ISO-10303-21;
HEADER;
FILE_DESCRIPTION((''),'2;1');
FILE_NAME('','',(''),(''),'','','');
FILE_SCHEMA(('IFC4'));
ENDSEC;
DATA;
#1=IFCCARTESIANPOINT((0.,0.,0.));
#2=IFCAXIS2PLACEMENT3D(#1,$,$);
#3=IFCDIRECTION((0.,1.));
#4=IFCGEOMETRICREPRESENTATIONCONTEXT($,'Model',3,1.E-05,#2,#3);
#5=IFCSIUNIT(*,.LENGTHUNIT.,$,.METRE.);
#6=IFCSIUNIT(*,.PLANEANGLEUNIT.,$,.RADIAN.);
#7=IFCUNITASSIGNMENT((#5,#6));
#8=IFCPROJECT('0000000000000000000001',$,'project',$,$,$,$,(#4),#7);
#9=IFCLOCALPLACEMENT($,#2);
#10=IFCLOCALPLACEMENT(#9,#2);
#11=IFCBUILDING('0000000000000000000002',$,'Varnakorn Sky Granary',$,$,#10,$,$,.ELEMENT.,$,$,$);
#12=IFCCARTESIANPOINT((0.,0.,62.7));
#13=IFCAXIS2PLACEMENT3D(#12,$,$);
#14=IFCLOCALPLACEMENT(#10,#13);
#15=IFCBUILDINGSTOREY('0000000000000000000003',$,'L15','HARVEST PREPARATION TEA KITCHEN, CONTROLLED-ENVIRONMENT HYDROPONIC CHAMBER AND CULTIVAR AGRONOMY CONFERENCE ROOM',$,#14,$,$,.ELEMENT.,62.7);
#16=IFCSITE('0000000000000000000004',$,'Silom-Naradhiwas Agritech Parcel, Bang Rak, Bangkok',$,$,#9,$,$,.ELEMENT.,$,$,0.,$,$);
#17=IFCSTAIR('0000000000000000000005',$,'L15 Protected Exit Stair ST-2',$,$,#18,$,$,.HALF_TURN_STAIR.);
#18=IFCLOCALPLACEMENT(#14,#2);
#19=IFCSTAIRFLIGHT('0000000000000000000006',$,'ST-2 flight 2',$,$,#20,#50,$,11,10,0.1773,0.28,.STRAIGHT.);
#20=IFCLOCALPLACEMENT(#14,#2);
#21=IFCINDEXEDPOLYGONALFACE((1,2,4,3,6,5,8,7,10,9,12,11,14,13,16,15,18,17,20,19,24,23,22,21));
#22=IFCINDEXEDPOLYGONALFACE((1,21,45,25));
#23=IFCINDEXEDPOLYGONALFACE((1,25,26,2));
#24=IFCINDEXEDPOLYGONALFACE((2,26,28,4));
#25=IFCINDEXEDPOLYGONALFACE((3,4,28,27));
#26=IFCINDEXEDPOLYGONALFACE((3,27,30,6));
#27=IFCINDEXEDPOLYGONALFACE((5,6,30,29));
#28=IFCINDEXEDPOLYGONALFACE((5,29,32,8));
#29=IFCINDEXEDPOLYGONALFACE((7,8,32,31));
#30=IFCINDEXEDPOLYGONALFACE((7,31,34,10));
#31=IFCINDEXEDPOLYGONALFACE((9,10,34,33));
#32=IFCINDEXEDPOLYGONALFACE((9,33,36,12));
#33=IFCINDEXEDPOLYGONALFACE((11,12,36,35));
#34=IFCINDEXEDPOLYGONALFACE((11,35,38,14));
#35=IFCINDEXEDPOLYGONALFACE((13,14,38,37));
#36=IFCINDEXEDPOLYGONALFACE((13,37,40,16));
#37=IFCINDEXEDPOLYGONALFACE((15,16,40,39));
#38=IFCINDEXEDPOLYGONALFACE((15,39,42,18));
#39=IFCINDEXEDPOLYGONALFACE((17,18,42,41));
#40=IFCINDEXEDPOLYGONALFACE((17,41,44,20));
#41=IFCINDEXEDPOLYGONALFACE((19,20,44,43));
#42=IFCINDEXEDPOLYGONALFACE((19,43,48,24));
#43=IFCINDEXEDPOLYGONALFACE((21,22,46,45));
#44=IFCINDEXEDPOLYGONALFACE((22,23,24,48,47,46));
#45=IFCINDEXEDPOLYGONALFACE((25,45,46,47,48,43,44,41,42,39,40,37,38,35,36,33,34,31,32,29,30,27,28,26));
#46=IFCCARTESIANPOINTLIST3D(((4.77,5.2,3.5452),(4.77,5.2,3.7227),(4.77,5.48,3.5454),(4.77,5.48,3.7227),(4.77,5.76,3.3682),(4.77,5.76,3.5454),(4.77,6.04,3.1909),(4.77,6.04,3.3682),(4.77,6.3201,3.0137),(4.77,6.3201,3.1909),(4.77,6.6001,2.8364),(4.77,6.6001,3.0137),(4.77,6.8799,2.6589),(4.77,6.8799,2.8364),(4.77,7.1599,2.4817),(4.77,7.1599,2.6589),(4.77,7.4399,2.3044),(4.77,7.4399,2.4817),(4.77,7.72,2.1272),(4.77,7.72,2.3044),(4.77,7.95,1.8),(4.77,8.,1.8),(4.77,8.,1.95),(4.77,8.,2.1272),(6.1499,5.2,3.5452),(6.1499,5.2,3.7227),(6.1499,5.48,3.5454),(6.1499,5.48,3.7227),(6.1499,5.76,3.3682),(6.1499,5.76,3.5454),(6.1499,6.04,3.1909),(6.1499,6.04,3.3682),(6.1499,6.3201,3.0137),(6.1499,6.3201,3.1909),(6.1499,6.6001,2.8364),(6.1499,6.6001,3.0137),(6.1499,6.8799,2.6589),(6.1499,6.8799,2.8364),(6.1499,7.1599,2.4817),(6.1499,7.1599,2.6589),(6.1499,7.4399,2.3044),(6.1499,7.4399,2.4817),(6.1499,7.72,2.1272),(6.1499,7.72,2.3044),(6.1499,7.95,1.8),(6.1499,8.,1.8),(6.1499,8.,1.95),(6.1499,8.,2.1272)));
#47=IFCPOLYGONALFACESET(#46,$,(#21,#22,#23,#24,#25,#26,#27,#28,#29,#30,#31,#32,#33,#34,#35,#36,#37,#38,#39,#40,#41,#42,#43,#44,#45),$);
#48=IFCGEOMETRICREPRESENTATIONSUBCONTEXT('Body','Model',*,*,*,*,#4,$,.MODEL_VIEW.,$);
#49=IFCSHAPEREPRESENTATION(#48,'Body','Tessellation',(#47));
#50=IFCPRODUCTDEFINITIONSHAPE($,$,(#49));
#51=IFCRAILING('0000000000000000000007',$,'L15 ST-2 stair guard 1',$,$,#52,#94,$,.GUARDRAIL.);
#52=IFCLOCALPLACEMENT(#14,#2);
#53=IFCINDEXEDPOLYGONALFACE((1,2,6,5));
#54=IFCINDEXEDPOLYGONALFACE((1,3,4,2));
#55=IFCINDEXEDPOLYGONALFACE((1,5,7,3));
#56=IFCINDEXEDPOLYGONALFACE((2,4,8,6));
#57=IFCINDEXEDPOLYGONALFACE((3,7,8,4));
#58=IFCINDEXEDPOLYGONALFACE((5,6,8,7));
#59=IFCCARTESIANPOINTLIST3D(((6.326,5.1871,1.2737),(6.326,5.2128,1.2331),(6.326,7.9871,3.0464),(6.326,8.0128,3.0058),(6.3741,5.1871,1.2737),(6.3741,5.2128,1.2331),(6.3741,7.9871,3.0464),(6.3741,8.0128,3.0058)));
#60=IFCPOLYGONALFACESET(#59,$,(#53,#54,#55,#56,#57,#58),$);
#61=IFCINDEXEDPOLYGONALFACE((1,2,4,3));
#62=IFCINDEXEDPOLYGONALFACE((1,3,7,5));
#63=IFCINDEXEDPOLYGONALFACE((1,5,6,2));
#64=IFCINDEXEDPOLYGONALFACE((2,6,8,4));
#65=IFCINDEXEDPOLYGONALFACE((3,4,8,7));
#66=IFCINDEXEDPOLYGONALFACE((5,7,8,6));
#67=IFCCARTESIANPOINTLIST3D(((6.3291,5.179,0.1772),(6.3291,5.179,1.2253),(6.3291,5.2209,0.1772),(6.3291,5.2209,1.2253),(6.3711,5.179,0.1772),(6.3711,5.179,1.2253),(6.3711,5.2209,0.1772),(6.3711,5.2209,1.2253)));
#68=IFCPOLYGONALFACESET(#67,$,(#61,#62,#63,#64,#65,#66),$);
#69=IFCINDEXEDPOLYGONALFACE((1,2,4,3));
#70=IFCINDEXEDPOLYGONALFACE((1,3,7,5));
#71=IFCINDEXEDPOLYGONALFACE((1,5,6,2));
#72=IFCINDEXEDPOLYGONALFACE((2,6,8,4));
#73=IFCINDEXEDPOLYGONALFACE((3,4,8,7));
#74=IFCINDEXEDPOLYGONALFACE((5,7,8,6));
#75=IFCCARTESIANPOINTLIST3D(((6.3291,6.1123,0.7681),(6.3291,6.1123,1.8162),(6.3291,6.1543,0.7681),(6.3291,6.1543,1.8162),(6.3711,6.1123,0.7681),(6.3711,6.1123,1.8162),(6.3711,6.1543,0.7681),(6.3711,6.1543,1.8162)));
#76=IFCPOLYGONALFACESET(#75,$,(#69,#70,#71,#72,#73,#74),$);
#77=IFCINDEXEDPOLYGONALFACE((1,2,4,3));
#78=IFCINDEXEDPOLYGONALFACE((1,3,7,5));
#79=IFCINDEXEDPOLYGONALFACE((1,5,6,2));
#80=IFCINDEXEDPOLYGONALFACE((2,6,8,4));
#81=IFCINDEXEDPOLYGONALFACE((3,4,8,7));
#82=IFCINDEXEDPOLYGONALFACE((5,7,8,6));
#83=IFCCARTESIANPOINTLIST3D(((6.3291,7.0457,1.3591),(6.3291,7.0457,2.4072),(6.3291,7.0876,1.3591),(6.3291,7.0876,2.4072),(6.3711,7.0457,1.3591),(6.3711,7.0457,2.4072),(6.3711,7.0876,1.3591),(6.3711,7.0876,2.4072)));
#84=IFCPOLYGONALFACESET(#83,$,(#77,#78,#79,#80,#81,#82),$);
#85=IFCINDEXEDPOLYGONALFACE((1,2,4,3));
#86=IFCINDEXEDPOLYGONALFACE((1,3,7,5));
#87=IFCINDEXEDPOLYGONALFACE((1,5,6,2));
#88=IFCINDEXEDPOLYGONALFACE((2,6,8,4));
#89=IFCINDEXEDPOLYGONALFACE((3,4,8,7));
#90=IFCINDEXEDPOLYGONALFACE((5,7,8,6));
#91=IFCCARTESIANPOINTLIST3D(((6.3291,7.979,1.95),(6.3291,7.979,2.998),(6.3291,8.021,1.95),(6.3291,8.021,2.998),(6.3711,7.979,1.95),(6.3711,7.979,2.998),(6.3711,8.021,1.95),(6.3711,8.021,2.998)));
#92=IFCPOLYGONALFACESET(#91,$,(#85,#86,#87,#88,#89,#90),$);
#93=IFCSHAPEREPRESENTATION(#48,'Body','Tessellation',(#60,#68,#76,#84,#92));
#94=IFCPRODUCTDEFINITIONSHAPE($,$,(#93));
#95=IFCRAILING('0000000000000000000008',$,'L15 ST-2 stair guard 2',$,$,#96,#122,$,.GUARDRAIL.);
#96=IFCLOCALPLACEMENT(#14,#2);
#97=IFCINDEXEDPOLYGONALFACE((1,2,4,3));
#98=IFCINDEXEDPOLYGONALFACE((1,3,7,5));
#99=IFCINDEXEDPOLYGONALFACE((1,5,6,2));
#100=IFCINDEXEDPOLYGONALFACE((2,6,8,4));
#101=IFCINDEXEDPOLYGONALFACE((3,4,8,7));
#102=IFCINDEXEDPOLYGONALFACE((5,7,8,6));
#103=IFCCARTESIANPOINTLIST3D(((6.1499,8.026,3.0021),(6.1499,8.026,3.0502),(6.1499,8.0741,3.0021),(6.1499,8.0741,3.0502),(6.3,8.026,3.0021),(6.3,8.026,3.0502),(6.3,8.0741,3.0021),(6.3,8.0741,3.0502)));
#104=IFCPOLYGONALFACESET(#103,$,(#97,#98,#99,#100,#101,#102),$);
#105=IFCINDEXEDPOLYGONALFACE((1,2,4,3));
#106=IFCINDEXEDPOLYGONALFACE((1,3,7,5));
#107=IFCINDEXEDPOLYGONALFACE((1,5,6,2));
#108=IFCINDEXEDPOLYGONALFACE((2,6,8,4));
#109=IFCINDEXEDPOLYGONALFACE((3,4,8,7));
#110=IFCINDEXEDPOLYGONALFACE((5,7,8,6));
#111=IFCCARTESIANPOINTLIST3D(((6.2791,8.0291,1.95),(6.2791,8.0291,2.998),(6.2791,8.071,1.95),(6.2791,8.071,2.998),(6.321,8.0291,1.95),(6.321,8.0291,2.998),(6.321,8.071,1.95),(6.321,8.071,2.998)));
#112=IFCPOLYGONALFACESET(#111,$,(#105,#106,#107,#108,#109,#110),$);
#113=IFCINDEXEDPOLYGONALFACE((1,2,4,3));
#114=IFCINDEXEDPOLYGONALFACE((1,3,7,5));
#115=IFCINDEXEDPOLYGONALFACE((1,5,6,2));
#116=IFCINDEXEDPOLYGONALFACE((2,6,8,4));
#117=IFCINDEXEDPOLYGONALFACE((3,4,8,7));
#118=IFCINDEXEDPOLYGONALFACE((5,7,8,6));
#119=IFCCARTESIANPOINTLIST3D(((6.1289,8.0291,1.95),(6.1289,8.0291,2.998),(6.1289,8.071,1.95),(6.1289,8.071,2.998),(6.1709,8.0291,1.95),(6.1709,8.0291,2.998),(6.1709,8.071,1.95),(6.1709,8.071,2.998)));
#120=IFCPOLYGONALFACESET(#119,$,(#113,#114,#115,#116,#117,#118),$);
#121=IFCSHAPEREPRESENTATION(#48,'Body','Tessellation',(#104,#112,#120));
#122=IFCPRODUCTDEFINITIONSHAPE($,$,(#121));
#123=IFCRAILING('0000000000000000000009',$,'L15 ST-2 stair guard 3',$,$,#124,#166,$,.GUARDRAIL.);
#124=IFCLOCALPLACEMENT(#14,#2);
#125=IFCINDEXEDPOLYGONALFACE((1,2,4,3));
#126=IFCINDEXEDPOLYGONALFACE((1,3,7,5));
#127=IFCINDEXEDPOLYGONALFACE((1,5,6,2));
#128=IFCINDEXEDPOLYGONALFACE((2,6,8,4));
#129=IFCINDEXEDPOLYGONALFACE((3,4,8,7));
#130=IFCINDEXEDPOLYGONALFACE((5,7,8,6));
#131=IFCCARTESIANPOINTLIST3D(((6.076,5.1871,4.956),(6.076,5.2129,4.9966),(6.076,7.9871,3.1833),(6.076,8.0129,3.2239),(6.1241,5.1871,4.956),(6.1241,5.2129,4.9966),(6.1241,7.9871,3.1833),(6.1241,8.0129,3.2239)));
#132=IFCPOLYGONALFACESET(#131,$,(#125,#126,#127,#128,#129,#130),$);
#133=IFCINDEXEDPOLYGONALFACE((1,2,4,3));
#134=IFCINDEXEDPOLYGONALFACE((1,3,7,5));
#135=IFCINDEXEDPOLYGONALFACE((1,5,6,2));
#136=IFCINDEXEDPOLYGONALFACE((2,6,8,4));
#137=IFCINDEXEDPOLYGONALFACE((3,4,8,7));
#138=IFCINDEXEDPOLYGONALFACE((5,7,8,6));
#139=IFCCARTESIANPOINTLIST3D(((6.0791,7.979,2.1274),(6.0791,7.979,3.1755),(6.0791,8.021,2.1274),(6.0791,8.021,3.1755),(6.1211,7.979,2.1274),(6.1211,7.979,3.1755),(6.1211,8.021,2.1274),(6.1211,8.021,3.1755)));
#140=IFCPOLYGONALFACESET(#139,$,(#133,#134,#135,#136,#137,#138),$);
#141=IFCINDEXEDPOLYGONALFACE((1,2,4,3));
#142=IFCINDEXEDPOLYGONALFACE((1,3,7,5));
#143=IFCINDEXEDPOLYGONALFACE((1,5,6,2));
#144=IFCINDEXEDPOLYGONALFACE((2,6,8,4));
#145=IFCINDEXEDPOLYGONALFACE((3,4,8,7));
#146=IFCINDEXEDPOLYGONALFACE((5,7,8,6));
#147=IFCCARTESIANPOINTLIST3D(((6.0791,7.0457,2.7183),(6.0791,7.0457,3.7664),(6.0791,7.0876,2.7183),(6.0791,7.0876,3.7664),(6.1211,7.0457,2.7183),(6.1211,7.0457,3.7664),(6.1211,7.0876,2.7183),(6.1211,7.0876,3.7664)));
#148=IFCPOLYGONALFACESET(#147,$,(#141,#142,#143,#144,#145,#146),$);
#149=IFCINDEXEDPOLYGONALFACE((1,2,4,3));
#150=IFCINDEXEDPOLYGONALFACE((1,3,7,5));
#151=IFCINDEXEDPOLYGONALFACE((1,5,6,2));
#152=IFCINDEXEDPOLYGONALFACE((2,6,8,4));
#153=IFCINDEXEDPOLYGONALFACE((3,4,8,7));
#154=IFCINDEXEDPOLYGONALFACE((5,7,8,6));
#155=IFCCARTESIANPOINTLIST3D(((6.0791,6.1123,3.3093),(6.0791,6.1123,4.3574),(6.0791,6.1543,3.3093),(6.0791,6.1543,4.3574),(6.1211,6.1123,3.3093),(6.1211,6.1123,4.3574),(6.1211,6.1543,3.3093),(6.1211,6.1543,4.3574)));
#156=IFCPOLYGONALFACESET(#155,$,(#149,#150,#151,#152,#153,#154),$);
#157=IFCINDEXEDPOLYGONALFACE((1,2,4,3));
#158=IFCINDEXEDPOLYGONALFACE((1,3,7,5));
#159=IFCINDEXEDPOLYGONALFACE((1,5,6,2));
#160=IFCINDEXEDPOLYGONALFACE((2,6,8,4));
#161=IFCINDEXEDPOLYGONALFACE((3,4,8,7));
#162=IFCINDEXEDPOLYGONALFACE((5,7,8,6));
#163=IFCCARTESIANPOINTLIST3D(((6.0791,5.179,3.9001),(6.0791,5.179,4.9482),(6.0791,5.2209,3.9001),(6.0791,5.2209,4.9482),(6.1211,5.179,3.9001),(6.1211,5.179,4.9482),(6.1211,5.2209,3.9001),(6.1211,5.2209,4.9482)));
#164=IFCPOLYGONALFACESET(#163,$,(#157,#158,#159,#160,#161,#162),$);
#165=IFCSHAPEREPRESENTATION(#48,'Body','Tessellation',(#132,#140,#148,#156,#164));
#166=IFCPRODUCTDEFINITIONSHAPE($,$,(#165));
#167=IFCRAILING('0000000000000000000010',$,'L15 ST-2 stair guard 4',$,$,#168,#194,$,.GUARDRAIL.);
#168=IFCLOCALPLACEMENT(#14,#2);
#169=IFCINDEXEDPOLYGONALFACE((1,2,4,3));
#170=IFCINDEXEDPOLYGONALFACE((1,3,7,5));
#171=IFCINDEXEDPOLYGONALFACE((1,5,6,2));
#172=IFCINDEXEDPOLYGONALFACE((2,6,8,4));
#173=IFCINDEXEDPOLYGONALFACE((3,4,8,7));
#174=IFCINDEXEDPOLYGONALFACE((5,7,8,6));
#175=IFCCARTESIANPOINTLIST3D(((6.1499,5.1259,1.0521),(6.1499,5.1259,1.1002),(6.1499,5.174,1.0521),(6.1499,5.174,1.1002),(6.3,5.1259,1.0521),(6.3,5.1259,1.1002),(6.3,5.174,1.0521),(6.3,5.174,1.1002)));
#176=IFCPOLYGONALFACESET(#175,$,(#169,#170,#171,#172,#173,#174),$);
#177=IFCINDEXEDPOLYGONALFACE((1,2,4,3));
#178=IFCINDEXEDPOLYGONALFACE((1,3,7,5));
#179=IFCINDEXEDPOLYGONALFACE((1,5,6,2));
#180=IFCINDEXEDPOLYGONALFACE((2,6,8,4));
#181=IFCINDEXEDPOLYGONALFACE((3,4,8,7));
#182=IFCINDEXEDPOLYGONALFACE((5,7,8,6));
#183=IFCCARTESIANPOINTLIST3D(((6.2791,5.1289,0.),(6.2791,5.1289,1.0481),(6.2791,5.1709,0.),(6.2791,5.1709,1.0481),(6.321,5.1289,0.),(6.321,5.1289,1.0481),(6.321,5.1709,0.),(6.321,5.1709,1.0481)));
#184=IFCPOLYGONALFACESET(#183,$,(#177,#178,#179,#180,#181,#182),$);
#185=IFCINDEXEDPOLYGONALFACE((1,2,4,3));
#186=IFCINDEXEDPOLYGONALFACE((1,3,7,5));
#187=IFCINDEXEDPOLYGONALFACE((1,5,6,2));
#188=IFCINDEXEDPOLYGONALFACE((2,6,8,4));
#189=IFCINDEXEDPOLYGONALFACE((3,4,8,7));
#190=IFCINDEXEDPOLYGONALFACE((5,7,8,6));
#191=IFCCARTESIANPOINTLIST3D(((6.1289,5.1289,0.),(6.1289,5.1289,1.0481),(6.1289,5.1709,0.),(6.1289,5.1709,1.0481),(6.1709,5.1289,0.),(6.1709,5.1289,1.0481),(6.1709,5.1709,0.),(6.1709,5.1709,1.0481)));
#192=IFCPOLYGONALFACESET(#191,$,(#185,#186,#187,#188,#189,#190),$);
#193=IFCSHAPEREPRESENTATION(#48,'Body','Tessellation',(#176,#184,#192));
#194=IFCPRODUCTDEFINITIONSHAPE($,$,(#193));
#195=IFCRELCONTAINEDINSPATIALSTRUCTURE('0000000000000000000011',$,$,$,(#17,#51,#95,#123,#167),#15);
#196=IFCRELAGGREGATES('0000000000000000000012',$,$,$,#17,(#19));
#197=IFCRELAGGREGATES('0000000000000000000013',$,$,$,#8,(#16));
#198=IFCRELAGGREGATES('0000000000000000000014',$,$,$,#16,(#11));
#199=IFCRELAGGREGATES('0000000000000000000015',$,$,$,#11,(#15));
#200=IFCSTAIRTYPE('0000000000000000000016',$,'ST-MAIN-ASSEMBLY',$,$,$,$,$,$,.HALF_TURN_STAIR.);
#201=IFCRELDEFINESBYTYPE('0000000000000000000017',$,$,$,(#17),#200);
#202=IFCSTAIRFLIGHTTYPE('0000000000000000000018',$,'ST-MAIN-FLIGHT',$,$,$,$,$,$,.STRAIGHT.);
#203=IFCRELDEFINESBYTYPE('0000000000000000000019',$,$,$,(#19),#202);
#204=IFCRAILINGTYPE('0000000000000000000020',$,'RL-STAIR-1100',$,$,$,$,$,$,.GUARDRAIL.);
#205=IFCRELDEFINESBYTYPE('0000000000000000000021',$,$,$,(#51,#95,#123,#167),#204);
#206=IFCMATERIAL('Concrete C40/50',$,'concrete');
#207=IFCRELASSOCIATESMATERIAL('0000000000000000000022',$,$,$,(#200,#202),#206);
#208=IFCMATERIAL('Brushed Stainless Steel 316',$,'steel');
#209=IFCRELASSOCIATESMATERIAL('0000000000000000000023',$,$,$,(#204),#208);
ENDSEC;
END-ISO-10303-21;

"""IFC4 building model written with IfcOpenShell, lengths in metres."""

from ifc_helpers import new_model, si_unit, direction, frame, origin, origin_2d, place, context, subcontext, project, spatial, polyline, rectangle, outline, extrude, material, type_object, element, aggregate, save


model = new_model("IFC4")

# Units and contexts
model_context = context("Model", 3, precision=1e-05, world=origin(), true_north=direction((0.0, 1.0)))
body_context = subcontext(model_context, "Body", "Model", "MODEL_VIEW")
ifc_project = project(units=[si_unit("LENGTHUNIT", "METRE"), si_unit("PLANEANGLEUNIT", "RADIAN")], contexts=[model_context])

# Site, building, storey
site_placement = place(None, origin())
site = spatial("IfcSite", under=ifc_project, at=site_placement, Name="Silom-Naradhiwas Agritech Parcel, Bang Rak, Bangkok", CompositionType="ELEMENT", RefElevation=0.0)
building_placement = place(site_placement, origin())
building = spatial("IfcBuilding", under=site, at=building_placement, Name="Varnakorn Sky Granary", CompositionType="ELEMENT")
storey_placement = place(building_placement, frame((0.0, 0.0, 62.7)))
storey = spatial("IfcBuildingStorey", under=building, at=storey_placement, Name="L15", Description="HARVEST PREPARATION TEA KITCHEN, CONTROLLED-ENVIRONMENT HYDROPONIC CHAMBER AND CULTIVAR AGRONOMY CONFERENCE ROOM", CompositionType="ELEMENT", Elevation=62.7)

# Shared definitions
ifc_material_1 = material(Name="Concrete C40/50", Category="concrete")
stair_type = type_object("IfcStairType", Name="ST-MAIN-ASSEMBLY", PredefinedType="HALF_TURN_STAIR", material=ifc_material_1)
stair_flight_type = type_object("IfcStairFlightType", Name="ST-MAIN-FLIGHT", PredefinedType="STRAIGHT", material=ifc_material_1)

# Stair, stair flight
stair_1_placement = place(storey_placement, origin())
stair_1 = element("IfcStair", 1, at=stair_1_placement, inside=storey, type_object=stair_type, Name="L15 Protected Exit Stair ST-2", PredefinedType="HALF_TURN_STAIR")
stair_flight_1_placement = place(storey_placement, frame((5.46, 8.0, 1.95), z_axis=(0.0, 0.0, 1.0), x_axis=(0.0, -1.0, 0.0)))
stair_flight_1 = element("IfcStairFlight", 2, at=stair_flight_1_placement, type_object=stair_flight_type, Name="ST-2 flight 2", NumberOfRisers=11, NumberOfTreads=10, PredefinedType="STRAIGHT", RiserHeight=0.1773, TreadLength=0.28, context=body_context, shape_type="SweptSolid", body=[
    extrude(outline(polyline([(0.0, -0.1499), (0.0, 0.0), (0.0, 0.1772), (0.28, 0.1772), (0.28, 0.3545), (0.5601, 0.3545), (0.5601, 0.5317), (0.8401, 0.5317), (0.8401, 0.709), (1.1201, 0.709), (1.1201, 0.8865), (1.3999, 0.8865), (1.3999, 1.0637), (1.6799, 1.0637), (1.6799, 1.241), (1.96, 1.241), (1.96, 1.4182), (2.24, 1.4182), (2.24, 1.5955), (2.52, 1.5955), (2.52, 1.7727), (2.8, 1.7727), (2.8, 1.95), (2.8, 1.5952), (0.05, -0.1499), (0.0, -0.1499)])), frame((0.0, 0.6899, 0.0), z_axis=(0.0, -1.0, 0.0), x_axis=(1.0, 0.0, 0.0)), (0.0, 0.0, 1.0), 1.3799),
])
aggregate(stair_1, [stair_flight_1])

# Railings
ifc_material_2 = material(Name="Brushed Stainless Steel 316", Category="steel")
railing_type_1 = type_object("IfcRailingType", Name="RL-STAIR-1100", PredefinedType="GUARDRAIL", material=ifc_material_2)
railing_1_placement = place(storey_placement, frame((6.3501, 5.2, 0.1772)))
element("IfcRailing", 3, at=railing_1_placement, inside=storey, type_object=railing_type_1, Name="L15 ST-2 stair guard 1", PredefinedType="GUARDRAIL", context=body_context, shape_type="SweptSolid", body=[
    extrude(rectangle(XDim=0.0481, YDim=0.0481, at=origin_2d()), frame((0.0, 0.0, 1.0762), z_axis=(0.0, 0.844909, 0.53491), x_axis=(-1.0, 0.0, 0.0)), (0.0, 0.0, 1.0), 3.314),
    extrude(rectangle(XDim=0.042, YDim=0.042, at=origin_2d()), origin(), (0.0, 0.0, 1.0), 1.0481),
    extrude(rectangle(XDim=0.042, YDim=0.042, at=origin_2d()), frame((0.0, 0.9333, 0.5908)), (0.0, 0.0, 1.0), 1.0481),
    extrude(rectangle(XDim=0.042, YDim=0.042, at=origin_2d()), frame((0.0, 1.8667, 1.1819)), (0.0, 0.0, 1.0), 1.0481),
    extrude(rectangle(XDim=0.042, YDim=0.042, at=origin_2d()), frame((0.0, 2.8, 1.7727)), (0.0, 0.0, 1.0), 1.0481),
])
railing_2_placement = place(storey_placement, frame((6.3, 8.05, 1.95)))
element("IfcRailing", 4, at=railing_2_placement, inside=storey, type_object=railing_type_1, Name="L15 ST-2 stair guard 2", PredefinedType="GUARDRAIL", context=body_context, shape_type="SweptSolid", body=[
    extrude(rectangle(XDim=0.0481, YDim=0.0481, at=origin_2d()), frame((0.0, 0.0, 1.0762), z_axis=(-1.0, 0.0, 0.0), x_axis=(0.0, -1.0, 0.0)), (0.0, 0.0, 1.0), 0.1501),
    extrude(rectangle(XDim=0.042, YDim=0.042, at=origin_2d()), origin(), (0.0, 0.0, 1.0), 1.0481),
    extrude(rectangle(XDim=0.042, YDim=0.042, at=origin_2d()), frame((-0.1501, 0.0, 0.0)), (0.0, 0.0, 1.0), 1.0481),
])
railing_3_placement = place(storey_placement, frame((6.1001, 8.0, 2.1274)))
element("IfcRailing", 5, at=railing_3_placement, inside=storey, type_object=railing_type_1, Name="L15 ST-2 stair guard 3", PredefinedType="GUARDRAIL", context=body_context, shape_type="SweptSolid", body=[
    extrude(rectangle(XDim=0.0481, YDim=0.0481, at=origin_2d()), frame((0.0, 0.0, 1.0762), z_axis=(0.0, -0.844909, 0.53491), x_axis=(1.0, 0.0, 0.0)), (0.0, 0.0, 1.0), 3.314),
    extrude(rectangle(XDim=0.042, YDim=0.042, at=origin_2d()), origin(), (0.0, 0.0, 1.0), 1.0481),
    extrude(rectangle(XDim=0.042, YDim=0.042, at=origin_2d()), frame((0.0, -0.9333, 0.5908)), (0.0, 0.0, 1.0), 1.0481),
    extrude(rectangle(XDim=0.042, YDim=0.042, at=origin_2d()), frame((0.0, -1.8667, 1.1819)), (0.0, 0.0, 1.0), 1.0481),
    extrude(rectangle(XDim=0.042, YDim=0.042, at=origin_2d()), frame((0.0, -2.8, 1.7727)), (0.0, 0.0, 1.0), 1.0481),
])
railing_4_placement = place(storey_placement, frame((6.3, 5.1499, 0.0)))
element("IfcRailing", 6, at=railing_4_placement, inside=storey, type_object=railing_type_1, Name="L15 ST-2 stair guard 4", PredefinedType="GUARDRAIL", context=body_context, shape_type="SweptSolid", body=[
    extrude(rectangle(XDim=0.0481, YDim=0.0481, at=origin_2d()), frame((0.0, 0.0, 1.0762), z_axis=(-1.0, 0.0, 0.0), x_axis=(0.0, -1.0, 0.0)), (0.0, 0.0, 1.0), 0.1501),
    extrude(rectangle(XDim=0.042, YDim=0.042, at=origin_2d()), origin(), (0.0, 0.0, 1.0), 1.0481),
    extrude(rectangle(XDim=0.042, YDim=0.042, at=origin_2d()), frame((-0.1501, 0.0, 0.0)), (0.0, 0.0, 1.0), 1.0481),
])

save(model, "model.ifc")
